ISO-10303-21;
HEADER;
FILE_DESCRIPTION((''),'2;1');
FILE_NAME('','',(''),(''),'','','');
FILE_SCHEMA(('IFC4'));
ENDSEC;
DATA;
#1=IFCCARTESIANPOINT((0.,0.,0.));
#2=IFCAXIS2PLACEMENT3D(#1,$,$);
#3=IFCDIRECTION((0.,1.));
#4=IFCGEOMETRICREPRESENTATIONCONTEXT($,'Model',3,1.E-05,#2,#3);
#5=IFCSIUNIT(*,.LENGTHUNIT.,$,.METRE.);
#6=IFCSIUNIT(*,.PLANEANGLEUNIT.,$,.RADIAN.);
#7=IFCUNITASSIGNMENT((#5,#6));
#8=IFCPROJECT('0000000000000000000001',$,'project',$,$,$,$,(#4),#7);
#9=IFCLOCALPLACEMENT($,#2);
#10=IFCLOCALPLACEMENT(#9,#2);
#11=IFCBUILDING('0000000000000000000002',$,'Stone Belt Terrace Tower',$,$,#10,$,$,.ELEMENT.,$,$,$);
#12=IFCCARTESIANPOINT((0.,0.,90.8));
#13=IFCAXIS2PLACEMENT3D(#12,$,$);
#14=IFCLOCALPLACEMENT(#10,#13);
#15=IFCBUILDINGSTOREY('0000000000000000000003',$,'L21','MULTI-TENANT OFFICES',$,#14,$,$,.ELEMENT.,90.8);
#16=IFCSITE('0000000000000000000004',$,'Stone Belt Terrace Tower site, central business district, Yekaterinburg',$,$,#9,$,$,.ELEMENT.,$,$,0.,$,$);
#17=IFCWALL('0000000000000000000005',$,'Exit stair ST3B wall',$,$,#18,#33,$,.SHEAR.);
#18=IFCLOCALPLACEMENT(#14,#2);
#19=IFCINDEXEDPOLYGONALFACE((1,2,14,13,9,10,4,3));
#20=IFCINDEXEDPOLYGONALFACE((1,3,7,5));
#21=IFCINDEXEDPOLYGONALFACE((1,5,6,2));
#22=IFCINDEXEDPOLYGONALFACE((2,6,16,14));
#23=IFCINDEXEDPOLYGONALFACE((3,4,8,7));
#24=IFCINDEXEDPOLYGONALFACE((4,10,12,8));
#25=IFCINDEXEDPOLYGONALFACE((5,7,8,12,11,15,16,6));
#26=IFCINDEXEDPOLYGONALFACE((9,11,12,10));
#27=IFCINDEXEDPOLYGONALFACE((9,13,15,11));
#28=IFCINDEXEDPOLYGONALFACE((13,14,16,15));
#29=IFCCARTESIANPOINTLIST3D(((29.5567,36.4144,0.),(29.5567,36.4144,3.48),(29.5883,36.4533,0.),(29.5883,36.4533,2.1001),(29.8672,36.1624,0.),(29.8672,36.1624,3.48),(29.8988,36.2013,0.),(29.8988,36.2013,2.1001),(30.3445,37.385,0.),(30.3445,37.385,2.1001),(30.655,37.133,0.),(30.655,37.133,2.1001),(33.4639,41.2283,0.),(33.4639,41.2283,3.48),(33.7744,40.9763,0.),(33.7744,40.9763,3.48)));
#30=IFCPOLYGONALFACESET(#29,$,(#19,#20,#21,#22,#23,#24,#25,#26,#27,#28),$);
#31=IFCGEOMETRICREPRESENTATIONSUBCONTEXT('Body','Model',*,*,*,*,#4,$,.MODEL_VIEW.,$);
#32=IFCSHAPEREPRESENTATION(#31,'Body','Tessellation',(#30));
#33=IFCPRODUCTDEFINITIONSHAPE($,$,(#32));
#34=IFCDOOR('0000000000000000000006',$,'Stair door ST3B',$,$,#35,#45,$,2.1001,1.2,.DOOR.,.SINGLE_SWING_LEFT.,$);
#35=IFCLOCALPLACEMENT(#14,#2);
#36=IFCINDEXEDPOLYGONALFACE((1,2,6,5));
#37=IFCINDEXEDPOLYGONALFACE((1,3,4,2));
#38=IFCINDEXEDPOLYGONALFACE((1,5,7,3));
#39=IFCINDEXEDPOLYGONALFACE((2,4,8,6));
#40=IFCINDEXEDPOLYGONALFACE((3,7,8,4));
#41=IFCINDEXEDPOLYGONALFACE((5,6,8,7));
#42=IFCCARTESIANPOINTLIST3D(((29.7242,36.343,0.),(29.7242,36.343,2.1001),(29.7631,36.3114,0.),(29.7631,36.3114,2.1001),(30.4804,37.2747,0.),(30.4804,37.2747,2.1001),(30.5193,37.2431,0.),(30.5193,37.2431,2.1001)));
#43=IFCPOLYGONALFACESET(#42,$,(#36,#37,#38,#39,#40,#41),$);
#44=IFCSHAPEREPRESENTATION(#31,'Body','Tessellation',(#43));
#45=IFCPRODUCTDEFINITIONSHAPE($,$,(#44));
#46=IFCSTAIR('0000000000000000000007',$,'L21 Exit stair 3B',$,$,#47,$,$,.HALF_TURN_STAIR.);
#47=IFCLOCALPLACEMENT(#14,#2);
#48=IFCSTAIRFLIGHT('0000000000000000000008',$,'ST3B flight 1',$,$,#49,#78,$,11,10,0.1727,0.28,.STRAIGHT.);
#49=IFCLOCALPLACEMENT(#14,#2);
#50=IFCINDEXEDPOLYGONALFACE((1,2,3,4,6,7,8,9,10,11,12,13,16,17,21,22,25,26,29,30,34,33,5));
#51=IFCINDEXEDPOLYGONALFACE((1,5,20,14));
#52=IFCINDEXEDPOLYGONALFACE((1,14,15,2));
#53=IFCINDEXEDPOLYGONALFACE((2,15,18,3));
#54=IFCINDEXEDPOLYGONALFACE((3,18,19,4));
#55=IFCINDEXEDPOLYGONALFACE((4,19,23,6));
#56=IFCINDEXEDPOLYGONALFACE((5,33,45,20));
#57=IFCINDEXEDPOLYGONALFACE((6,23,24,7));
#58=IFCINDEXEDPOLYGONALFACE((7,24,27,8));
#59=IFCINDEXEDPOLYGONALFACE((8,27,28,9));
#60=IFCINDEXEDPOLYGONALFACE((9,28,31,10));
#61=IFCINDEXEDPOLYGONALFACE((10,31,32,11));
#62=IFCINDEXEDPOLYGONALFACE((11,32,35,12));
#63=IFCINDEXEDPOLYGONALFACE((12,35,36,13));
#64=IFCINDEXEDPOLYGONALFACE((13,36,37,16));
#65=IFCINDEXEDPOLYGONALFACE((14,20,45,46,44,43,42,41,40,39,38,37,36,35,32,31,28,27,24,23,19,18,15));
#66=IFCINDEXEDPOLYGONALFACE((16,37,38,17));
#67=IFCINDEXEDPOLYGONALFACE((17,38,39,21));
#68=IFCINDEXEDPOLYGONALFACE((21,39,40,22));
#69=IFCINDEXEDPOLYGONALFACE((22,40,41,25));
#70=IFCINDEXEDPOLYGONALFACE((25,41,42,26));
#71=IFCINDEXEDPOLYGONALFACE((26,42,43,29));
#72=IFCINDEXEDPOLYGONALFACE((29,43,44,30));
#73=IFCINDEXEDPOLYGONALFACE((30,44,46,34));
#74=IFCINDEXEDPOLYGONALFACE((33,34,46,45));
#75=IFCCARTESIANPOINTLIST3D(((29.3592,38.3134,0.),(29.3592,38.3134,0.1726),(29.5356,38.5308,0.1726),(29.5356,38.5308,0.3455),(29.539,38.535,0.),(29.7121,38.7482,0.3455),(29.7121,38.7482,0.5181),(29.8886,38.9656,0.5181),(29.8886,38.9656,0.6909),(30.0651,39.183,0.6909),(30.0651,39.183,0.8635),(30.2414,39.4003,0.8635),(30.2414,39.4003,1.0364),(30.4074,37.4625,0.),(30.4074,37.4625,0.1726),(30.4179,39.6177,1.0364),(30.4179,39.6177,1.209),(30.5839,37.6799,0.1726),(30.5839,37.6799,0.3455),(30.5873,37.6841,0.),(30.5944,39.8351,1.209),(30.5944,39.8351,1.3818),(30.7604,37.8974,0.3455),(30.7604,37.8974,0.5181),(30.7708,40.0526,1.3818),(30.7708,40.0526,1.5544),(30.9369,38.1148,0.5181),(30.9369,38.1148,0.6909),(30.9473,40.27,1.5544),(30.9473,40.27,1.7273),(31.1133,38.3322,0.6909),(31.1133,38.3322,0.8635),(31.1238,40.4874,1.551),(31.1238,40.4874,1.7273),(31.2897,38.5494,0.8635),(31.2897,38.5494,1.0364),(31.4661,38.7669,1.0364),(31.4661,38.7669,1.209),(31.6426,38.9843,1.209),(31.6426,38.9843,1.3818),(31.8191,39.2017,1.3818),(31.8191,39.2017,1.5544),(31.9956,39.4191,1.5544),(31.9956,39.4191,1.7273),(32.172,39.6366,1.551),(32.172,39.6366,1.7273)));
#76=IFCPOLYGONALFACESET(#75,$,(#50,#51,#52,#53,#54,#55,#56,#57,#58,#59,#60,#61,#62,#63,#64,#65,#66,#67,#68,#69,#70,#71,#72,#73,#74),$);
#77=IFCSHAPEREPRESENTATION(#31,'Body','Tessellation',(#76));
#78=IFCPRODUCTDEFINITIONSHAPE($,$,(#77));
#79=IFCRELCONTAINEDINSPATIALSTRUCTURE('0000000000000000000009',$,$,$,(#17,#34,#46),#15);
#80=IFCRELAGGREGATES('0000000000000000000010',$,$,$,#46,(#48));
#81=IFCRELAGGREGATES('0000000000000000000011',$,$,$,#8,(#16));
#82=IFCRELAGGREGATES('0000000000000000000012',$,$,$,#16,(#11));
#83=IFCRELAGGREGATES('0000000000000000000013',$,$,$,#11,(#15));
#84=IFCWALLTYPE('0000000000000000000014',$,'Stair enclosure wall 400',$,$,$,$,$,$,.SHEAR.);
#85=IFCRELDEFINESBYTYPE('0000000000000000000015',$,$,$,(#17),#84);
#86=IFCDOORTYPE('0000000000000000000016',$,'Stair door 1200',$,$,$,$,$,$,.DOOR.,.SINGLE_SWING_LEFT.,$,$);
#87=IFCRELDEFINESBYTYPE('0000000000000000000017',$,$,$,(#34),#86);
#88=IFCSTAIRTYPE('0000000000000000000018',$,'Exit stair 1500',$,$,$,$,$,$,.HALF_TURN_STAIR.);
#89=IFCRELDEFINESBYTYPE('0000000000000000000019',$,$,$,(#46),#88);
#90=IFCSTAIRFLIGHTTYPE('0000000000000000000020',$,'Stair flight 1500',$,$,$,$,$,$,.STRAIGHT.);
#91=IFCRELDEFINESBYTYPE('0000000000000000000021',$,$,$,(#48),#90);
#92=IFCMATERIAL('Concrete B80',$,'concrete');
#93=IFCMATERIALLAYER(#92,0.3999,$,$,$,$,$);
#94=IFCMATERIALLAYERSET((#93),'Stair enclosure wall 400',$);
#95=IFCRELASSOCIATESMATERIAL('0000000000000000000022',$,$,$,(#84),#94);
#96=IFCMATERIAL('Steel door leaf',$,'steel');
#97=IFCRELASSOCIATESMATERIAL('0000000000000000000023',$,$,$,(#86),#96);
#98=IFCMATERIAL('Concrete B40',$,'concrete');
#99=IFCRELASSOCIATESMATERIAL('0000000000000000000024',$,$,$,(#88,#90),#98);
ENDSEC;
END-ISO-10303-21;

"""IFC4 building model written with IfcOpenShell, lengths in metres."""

from ifc_helpers import new_model, si_unit, direction, frame, frame_2d, origin, place, context, subcontext, project, spatial, polyline, rectangle, outline, extrude, material, layer, layer_set, type_object, element, fill, aggregate, save


model = new_model("IFC4")

# Units and contexts
model_context = context("Model", 3, precision=1e-05, world=origin(), true_north=direction((0.0, 1.0)))
body_context = subcontext(model_context, "Body", "Model", "MODEL_VIEW")
ifc_project = project(units=[si_unit("LENGTHUNIT", "METRE"), si_unit("PLANEANGLEUNIT", "RADIAN")], contexts=[model_context])

# Site, building, storey
site_placement = place(None, origin())
site = spatial("IfcSite", under=ifc_project, at=site_placement, Name="Stone Belt Terrace Tower site, central business district, Yekaterinburg", CompositionType="ELEMENT", RefElevation=0.0)
building_placement = place(site_placement, origin())
building = spatial("IfcBuilding", under=site, at=building_placement, Name="Stone Belt Terrace Tower", CompositionType="ELEMENT")
storey_placement = place(building_placement, frame((0.0, 0.0, 90.8)))
storey = spatial("IfcBuildingStorey", under=building, at=storey_placement, Name="L21", Description="MULTI-TENANT OFFICES", CompositionType="ELEMENT", Elevation=90.8)

# Shared definitions
ifc_material_1 = material(Name="Concrete B80", Category="concrete")

# Shared definitions
ifc_material_2 = material(Name="Concrete B40", Category="concrete")

# Shared definitions
ifc_layer_1 = layer(ifc_material_1, 0.3999)
ifc_layer_set_1 = layer_set([ifc_layer_1], Name="Stair enclosure wall 400")
wall_type_1 = type_object("IfcWallType", Name="Stair enclosure wall 400", PredefinedType="SHEAR", material=ifc_layer_set_1)
ifc_material_3 = material(Name="Steel door leaf", Category="steel")

# Wall, opening, door
wall_1_placement = place(storey_placement, frame((29.7119, 36.2883, 0.0), z_axis=(0.0, 0.0, 1.0), x_axis=(0.630192, 0.776439, 0.0)))
wall_1 = element("IfcWall", 1, at=wall_1_placement, inside=storey, type_object=wall_type_1, Name="Exit stair ST3B wall", PredefinedType="SHEAR", context=body_context, shape_type="SweptSolid", body=[
    extrude(rectangle(XDim=6.2, YDim=0.3999, at=frame_2d((3.1001, 0.0))), origin(), (0.0, 0.0, 1.0), 3.48),
])
opening_1_placement = place(wall_1_placement, frame((0.05, 0.0, 0.0)))
opening_1 = element("IfcOpeningElement", 2, at=opening_1_placement, cuts=wall_1, PredefinedType="OPENING", context=body_context, shape_type="SweptSolid", body=[
    extrude(rectangle(XDim=1.2, YDim=2.1001, at=frame_2d((0.6001, 1.05))), frame((0.0, 0.21, 0.0), z_axis=(0.0, -1.0, 0.0), x_axis=(1.0, 0.0, 0.0)), (0.0, 0.0, 1.0), 0.4199),
])
door_type_1 = type_object("IfcDoorType", Name="Stair door 1200", OperationType="SINGLE_SWING_LEFT", PredefinedType="DOOR", material=ifc_material_3)
door_1_placement = place(opening_1_placement, origin())
door_1 = element("IfcDoor", 3, at=door_1_placement, inside=storey, type_object=door_type_1, Name="Stair door ST3B", OperationType="SINGLE_SWING_LEFT", OverallHeight=2.1001, OverallWidth=1.2, PredefinedType="DOOR", context=body_context, shape_type="SweptSolid", body=[
    extrude(rectangle(XDim=1.2, YDim=2.1001, at=frame_2d((0.6001, 1.05))), frame((0.0, 0.0249, 0.0), z_axis=(0.0, -1.0, 0.0), x_axis=(1.0, 0.0, 0.0)), (0.0, 0.0, 1.0), 0.05),
])
fill(opening_1, door_1)

# Stair, stair flight
stair_type = type_object("IfcStairType", Name="Exit stair 1500", PredefinedType="HALF_TURN_STAIR", material=ifc_material_2)
stair_placement = place(storey_placement, origin())
stair = element("IfcStair", 4, at=stair_placement, inside=storey, type_object=stair_type, Name="L21 Exit stair 3B", PredefinedType="HALF_TURN_STAIR")
stair_flight_type = type_object("IfcStairFlightType", Name="Stair flight 1500", PredefinedType="STRAIGHT", material=ifc_material_2)
stair_flight_placement = place(storey_placement, frame((29.8833, 37.8879, 0.0), z_axis=(0.0, 0.0, 1.0), x_axis=(0.630206, 0.776428, 0.0)))
stair_flight = element("IfcStairFlight", 5, at=stair_flight_placement, type_object=stair_flight_type, Name="ST3B flight 1", NumberOfRisers=11, NumberOfTreads=10, PredefinedType="STRAIGHT", RiserHeight=0.1727, TreadLength=0.28, context=body_context, shape_type="SweptSolid", body=[
    extrude(outline(polyline([(0.0, 0.0), (0.0, 0.1726), (0.28, 0.1726), (0.28, 0.3455), (0.5601, 0.3455), (0.5601, 0.5181), (0.8401, 0.5181), (0.8401, 0.6909), (1.1201, 0.6909), (1.1201, 0.8635), (1.3999, 0.8635), (1.3999, 1.0364), (1.6799, 1.0364), (1.6799, 1.209), (1.96, 1.209), (1.96, 1.3818), (2.24, 1.3818), (2.24, 1.5544), (2.52, 1.5544), (2.52, 1.7273), (2.8, 1.7273), (2.8, 1.8999), (2.8, 1.551), (0.2854, 0.0), (0.0, 0.0)])), frame((0.0, 0.675, 0.0), z_axis=(0.0, -1.0, 0.0), x_axis=(1.0, 0.0, 0.0)), (0.0, 0.0, 1.0), 1.3501),
])
aggregate(stair, [stair_flight])

save(model, "model.ifc")
